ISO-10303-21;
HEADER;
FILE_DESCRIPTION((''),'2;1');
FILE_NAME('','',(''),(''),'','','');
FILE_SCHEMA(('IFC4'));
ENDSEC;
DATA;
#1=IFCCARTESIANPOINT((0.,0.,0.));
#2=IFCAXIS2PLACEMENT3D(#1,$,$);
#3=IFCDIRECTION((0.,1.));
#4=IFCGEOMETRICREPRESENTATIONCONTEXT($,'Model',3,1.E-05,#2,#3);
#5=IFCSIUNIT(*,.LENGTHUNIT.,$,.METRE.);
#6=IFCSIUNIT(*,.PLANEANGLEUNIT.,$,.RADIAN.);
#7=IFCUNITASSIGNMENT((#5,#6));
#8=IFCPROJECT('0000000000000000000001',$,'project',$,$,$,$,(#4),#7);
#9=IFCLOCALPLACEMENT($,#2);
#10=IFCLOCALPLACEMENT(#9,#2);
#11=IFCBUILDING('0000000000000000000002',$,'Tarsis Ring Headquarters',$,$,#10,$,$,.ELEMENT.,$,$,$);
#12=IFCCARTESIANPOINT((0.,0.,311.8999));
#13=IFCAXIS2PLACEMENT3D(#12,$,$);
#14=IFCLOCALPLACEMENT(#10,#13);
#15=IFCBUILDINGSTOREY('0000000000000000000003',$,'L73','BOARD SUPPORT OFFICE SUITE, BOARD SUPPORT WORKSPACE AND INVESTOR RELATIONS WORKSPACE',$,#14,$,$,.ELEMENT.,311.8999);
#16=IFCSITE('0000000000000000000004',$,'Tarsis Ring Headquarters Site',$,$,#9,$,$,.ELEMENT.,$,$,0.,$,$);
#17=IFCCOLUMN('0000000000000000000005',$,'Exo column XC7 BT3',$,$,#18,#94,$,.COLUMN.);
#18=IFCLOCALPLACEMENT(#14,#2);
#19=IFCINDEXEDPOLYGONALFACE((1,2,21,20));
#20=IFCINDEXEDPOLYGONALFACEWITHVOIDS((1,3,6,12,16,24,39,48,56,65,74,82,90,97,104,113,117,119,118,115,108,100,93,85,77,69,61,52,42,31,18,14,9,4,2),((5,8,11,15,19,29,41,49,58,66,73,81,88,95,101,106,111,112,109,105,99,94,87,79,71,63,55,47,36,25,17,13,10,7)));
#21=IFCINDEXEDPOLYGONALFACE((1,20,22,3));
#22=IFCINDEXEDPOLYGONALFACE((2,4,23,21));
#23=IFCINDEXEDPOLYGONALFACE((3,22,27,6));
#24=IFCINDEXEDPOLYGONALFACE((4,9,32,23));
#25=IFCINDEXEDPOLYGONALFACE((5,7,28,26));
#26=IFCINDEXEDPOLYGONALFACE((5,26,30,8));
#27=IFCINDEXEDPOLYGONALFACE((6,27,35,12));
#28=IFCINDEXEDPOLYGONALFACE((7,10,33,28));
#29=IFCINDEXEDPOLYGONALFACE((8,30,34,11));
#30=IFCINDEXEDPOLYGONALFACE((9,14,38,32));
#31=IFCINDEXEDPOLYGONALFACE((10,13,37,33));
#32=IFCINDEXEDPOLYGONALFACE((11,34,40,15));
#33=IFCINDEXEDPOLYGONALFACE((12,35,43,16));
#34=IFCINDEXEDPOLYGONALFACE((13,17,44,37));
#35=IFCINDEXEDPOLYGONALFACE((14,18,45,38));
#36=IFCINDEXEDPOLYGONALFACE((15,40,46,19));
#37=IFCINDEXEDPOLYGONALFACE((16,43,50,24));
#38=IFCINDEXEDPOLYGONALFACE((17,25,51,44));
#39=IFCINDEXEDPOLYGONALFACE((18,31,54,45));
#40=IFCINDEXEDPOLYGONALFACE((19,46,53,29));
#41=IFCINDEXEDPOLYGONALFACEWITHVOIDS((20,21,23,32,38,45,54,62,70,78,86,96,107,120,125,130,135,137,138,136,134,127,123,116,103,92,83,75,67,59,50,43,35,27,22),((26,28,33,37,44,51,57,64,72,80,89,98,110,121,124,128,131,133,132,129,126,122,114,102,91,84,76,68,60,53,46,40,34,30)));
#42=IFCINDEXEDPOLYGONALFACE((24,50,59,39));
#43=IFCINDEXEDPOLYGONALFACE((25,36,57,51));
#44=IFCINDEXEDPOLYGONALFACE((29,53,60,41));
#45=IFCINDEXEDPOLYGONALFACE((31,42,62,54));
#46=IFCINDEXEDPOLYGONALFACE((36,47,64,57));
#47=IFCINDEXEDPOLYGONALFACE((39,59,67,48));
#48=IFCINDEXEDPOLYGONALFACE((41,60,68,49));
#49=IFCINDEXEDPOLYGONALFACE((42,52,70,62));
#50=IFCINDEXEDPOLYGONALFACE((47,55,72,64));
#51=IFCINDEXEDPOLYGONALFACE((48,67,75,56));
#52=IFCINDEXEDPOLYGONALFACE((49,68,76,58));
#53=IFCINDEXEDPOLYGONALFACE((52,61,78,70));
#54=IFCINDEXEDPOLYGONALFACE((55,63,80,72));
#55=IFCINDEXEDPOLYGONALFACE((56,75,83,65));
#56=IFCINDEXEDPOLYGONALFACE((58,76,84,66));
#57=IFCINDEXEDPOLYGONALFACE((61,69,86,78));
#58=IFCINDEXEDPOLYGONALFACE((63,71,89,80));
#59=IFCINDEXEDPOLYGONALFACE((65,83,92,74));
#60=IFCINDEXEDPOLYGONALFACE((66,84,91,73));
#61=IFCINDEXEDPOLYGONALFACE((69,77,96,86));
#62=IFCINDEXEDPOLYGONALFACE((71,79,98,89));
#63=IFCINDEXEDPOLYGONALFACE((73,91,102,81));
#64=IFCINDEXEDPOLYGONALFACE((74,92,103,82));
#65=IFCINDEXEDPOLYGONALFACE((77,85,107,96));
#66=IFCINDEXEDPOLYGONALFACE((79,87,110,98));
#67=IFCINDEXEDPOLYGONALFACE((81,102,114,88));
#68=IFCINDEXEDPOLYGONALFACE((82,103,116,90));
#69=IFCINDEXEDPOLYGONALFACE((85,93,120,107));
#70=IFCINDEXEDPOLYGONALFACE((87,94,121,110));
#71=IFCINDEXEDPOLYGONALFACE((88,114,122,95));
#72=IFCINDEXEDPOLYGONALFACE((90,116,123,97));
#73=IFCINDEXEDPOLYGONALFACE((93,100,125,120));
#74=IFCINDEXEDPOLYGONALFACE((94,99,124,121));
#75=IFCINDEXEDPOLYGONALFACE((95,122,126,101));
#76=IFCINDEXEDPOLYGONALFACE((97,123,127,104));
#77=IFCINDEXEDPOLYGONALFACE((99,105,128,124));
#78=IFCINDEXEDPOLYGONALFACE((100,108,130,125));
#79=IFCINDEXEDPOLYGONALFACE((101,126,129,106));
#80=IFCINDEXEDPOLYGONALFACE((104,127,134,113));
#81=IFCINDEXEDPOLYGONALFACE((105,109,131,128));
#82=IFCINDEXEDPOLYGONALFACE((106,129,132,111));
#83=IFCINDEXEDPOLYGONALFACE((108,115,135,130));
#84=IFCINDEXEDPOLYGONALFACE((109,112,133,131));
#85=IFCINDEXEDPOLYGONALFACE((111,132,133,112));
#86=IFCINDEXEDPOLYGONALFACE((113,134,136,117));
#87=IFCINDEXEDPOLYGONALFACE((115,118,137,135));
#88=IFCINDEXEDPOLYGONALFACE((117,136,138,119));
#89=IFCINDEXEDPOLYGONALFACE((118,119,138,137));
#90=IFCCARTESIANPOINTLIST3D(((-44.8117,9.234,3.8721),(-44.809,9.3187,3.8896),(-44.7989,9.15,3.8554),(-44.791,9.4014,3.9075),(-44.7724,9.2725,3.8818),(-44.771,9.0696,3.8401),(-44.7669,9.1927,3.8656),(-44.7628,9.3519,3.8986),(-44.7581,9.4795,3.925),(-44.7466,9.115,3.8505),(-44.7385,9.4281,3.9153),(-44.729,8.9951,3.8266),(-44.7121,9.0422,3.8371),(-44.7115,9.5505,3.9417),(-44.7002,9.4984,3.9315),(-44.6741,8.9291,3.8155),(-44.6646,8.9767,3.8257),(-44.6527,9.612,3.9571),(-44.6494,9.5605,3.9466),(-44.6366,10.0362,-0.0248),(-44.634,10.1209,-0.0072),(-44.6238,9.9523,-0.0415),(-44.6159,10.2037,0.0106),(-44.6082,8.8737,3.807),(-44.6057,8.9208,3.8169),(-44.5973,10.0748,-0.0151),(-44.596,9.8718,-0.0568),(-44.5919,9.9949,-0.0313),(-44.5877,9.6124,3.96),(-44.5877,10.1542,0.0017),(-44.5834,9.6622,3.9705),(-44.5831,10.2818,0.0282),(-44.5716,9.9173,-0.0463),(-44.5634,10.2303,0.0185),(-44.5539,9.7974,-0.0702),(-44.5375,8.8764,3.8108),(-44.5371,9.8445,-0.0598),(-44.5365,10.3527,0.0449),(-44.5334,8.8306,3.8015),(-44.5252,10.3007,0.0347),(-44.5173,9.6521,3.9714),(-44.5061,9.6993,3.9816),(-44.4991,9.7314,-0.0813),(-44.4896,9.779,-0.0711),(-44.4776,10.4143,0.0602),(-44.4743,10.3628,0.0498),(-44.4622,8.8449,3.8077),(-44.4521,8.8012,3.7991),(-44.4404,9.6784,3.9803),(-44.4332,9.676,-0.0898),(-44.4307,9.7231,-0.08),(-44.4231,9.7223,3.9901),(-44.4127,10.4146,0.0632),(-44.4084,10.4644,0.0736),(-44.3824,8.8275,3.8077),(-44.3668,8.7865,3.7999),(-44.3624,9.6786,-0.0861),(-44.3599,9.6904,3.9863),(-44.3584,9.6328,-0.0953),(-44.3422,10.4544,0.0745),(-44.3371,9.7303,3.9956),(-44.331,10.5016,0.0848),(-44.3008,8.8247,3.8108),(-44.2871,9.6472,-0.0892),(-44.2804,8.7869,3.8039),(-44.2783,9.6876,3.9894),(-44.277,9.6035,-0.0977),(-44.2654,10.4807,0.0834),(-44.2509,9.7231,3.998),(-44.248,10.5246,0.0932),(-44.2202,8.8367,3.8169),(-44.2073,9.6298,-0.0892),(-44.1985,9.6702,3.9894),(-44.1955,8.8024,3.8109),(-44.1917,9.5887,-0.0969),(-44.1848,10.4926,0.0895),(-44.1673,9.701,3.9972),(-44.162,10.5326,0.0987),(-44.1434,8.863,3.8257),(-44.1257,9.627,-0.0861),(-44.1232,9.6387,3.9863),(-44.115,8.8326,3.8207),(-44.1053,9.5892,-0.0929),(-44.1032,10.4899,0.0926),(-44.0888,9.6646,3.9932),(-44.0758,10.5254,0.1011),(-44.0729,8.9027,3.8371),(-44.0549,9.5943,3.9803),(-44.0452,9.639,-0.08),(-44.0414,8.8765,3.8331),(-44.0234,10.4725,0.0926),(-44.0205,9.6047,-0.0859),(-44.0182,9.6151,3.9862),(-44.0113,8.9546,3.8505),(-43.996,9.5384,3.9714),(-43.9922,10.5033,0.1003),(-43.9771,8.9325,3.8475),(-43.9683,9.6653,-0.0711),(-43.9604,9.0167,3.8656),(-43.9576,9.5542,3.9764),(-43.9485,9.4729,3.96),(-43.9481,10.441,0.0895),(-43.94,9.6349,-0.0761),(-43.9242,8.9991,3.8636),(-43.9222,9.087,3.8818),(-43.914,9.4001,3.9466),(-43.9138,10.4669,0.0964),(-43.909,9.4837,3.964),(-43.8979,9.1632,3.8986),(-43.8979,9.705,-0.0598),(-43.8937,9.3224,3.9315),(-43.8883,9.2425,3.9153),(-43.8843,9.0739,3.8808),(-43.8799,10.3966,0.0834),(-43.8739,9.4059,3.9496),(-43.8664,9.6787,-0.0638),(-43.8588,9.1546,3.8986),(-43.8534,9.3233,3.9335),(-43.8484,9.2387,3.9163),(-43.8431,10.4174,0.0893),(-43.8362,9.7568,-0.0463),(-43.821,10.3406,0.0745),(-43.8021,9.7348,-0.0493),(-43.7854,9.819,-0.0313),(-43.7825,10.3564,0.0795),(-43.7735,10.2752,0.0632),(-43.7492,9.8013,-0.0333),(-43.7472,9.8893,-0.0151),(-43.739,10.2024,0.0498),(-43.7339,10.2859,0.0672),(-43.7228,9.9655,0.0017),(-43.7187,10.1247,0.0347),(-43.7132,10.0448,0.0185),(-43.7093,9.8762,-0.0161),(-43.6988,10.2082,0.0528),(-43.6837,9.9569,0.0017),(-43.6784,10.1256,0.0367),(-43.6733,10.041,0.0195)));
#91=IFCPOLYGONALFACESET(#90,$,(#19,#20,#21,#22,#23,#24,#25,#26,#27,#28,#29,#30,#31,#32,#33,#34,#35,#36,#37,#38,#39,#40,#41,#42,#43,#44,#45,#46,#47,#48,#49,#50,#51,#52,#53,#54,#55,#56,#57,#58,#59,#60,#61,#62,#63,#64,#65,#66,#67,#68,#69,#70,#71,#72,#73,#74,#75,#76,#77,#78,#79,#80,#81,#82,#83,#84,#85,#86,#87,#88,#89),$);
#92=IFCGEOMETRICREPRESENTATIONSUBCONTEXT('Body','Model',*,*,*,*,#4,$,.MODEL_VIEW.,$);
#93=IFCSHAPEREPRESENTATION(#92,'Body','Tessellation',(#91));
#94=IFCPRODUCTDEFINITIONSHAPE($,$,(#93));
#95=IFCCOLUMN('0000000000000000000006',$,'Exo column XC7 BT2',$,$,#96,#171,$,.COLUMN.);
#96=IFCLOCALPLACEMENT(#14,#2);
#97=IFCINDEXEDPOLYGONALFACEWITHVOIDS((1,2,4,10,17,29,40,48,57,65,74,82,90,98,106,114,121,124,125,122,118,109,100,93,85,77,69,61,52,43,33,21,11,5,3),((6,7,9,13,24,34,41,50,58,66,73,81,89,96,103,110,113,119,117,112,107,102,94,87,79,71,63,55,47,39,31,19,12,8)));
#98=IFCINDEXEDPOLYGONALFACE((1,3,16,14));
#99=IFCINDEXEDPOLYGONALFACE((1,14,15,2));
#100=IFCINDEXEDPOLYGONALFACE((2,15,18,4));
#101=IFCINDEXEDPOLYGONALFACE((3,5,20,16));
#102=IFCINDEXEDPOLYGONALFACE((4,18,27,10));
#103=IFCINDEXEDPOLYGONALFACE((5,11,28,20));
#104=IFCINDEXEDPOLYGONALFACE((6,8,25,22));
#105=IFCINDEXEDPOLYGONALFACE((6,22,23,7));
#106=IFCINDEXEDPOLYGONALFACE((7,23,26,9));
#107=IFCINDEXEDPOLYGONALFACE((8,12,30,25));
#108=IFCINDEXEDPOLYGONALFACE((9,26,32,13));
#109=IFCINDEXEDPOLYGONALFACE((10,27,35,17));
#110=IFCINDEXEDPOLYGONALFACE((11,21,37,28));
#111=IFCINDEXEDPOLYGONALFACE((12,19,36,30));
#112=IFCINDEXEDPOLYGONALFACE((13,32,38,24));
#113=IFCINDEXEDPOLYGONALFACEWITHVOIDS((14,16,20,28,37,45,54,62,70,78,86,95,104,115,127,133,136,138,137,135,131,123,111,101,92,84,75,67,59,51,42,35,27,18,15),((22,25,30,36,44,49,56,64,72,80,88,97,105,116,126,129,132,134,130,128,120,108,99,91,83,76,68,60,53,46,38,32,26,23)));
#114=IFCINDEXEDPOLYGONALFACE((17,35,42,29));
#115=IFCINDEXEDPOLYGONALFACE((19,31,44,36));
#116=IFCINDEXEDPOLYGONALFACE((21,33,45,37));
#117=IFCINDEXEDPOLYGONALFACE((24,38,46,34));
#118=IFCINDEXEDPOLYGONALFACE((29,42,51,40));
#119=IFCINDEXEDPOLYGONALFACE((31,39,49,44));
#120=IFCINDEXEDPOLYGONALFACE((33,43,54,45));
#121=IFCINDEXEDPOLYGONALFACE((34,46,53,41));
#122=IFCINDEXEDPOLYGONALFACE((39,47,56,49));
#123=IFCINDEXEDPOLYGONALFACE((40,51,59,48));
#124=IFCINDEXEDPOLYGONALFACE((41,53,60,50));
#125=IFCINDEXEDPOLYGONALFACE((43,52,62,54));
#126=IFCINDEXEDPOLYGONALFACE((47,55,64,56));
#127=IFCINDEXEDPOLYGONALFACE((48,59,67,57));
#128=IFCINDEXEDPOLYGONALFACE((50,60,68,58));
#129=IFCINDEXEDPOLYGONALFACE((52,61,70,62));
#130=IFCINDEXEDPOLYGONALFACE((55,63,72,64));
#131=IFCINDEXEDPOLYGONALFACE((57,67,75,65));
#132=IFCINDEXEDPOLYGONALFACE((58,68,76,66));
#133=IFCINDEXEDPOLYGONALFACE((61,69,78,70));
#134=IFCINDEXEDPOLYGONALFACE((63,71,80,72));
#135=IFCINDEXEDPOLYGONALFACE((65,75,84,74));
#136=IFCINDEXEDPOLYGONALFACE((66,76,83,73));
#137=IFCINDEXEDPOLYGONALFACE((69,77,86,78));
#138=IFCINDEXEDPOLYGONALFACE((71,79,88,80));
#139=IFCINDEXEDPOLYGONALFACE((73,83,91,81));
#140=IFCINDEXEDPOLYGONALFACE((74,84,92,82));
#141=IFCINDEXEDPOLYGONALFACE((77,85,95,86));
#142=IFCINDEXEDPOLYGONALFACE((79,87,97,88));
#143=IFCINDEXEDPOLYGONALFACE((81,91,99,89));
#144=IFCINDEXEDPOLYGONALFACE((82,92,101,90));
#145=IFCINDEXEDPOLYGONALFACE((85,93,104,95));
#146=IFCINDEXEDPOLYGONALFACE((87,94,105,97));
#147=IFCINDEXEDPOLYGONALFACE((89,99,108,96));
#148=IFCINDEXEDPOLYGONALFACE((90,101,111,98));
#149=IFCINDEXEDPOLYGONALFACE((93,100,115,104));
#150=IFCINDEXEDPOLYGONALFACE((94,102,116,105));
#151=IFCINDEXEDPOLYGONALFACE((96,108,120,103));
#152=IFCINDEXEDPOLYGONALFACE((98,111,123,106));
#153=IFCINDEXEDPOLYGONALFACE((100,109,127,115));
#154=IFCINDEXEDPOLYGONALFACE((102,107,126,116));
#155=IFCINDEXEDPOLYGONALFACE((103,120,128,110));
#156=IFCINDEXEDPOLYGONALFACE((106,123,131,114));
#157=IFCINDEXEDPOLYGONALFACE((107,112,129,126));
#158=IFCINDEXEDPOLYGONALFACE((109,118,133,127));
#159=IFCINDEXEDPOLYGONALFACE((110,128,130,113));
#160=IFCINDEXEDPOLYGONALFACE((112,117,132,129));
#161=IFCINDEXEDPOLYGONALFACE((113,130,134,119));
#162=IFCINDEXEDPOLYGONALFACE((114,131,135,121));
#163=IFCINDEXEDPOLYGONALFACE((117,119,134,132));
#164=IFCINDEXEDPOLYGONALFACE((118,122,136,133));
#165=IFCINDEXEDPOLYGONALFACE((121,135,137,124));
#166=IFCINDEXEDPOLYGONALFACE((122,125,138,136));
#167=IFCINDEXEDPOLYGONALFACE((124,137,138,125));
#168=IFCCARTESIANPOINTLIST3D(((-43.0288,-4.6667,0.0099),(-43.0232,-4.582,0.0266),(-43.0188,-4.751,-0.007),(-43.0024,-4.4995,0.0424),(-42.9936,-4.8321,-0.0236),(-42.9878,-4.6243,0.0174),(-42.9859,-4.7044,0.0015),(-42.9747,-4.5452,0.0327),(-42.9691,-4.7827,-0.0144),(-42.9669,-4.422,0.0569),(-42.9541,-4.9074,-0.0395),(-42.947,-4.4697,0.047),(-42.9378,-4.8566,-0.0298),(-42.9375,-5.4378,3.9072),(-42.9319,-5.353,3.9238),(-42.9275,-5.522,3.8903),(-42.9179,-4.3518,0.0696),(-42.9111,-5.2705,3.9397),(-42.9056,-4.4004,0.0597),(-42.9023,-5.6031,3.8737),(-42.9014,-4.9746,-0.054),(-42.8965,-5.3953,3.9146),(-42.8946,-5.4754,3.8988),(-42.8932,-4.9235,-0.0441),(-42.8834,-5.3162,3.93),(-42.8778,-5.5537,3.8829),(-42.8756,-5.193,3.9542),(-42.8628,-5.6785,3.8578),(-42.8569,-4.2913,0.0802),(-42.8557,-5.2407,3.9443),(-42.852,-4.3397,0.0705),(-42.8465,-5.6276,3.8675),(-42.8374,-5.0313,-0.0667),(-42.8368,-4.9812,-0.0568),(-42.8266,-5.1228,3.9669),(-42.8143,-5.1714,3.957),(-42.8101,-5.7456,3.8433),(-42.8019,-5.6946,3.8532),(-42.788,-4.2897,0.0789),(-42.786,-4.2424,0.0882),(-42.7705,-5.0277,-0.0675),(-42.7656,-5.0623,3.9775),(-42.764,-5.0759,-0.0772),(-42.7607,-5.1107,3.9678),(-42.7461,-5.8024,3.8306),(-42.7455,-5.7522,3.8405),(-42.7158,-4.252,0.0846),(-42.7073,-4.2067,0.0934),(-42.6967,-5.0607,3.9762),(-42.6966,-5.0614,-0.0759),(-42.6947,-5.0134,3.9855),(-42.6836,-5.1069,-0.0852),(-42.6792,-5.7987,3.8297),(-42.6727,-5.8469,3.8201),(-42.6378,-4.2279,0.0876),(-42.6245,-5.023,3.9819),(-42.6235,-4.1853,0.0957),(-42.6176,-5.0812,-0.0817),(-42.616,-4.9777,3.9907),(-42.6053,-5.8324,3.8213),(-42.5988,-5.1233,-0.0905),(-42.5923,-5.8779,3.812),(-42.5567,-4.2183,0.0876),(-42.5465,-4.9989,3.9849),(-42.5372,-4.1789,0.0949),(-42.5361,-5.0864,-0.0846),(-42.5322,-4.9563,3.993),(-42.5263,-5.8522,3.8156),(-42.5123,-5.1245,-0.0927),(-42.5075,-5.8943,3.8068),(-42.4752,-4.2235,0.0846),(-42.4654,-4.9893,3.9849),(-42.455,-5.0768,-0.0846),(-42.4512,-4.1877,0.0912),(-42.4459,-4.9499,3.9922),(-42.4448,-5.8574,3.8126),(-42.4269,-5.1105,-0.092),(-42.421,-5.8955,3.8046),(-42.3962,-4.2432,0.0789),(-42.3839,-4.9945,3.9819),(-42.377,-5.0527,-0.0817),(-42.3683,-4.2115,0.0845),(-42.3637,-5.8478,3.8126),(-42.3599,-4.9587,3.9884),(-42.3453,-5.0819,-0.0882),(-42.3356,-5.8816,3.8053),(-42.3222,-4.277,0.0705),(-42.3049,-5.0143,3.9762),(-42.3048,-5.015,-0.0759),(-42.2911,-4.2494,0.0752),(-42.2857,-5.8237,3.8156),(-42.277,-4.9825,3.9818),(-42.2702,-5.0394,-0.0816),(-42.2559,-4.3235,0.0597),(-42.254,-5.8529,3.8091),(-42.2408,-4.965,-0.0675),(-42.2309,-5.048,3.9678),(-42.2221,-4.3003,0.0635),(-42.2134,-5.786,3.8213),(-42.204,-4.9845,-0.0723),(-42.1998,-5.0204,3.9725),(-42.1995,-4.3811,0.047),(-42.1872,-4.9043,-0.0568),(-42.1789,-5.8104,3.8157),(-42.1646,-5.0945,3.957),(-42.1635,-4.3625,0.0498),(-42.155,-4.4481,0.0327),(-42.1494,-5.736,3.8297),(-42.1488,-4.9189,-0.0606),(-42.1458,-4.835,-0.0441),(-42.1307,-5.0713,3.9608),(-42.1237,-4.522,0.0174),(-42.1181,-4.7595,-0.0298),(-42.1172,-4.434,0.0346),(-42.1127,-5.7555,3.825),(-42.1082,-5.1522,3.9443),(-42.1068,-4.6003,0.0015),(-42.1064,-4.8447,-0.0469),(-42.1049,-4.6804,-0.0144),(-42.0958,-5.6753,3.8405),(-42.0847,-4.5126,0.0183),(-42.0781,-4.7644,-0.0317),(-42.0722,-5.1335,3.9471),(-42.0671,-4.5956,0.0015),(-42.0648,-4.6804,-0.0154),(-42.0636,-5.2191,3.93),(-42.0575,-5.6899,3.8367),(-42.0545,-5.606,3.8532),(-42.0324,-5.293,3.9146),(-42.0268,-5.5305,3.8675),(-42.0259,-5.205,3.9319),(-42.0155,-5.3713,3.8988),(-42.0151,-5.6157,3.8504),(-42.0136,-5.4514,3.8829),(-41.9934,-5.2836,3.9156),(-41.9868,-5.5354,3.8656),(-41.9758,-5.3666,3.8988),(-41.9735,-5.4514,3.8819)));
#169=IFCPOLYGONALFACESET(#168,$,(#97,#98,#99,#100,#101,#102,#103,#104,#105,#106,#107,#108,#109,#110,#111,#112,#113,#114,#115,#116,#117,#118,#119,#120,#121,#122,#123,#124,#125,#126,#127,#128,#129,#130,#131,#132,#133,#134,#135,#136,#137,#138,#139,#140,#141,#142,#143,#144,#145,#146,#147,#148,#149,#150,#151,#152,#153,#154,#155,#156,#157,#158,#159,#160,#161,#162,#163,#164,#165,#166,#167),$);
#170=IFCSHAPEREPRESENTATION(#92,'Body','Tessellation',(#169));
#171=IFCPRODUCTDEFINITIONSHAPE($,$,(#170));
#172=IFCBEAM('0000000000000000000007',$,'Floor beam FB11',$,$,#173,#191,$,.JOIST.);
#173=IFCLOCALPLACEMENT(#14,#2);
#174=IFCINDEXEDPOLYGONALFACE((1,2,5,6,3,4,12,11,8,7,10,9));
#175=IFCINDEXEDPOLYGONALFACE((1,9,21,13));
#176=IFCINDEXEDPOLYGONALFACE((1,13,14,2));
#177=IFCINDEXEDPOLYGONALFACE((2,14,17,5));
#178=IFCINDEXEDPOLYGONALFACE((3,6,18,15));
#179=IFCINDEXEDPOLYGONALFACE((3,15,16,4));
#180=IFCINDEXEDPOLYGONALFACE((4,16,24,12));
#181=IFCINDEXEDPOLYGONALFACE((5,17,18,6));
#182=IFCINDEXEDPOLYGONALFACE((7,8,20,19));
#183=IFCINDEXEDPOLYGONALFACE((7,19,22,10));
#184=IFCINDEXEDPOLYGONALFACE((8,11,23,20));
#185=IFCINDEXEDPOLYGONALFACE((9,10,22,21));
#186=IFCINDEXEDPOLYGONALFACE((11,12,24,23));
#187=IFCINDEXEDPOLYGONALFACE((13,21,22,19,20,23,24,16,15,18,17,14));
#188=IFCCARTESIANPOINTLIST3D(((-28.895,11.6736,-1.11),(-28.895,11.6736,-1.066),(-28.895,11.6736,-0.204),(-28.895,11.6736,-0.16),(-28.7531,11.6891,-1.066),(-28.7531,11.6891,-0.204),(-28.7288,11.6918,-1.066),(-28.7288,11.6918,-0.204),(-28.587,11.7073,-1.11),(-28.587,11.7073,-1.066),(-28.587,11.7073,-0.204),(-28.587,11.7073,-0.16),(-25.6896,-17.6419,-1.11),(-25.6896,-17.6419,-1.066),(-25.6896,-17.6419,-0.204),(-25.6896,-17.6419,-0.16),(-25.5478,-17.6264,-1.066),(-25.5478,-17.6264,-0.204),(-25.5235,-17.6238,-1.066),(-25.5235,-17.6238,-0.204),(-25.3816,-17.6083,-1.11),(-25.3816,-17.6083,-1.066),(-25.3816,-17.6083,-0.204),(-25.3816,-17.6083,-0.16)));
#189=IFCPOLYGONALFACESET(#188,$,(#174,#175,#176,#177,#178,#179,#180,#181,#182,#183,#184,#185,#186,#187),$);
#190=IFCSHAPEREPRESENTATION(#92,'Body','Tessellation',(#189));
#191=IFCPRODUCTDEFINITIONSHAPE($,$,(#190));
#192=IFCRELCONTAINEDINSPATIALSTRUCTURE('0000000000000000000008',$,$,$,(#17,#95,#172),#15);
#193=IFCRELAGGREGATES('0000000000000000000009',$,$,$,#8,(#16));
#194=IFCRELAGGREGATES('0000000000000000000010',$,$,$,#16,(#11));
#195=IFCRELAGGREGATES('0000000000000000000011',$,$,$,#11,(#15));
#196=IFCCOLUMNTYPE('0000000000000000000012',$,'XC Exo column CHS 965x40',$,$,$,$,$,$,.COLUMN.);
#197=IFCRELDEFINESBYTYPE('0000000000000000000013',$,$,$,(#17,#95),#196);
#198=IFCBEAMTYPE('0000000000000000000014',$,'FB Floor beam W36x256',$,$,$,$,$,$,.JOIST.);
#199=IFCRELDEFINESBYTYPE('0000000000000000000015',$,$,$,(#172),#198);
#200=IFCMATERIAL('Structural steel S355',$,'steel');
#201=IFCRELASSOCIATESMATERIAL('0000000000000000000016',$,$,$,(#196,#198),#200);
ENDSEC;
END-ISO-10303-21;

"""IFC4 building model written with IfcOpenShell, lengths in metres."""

from ifc_helpers import new_model, si_unit, direction, frame, origin, origin_2d, place, context, subcontext, project, spatial, hollow_circle, i_section, extrude, material, material_profile, profile_set, type_object, element, save


model = new_model("IFC4")

# Units and contexts
model_context = context("Model", 3, precision=1e-05, world=origin(), true_north=direction((0.0, 1.0)))
body_context = subcontext(model_context, "Body", "Model", "MODEL_VIEW")
ifc_project = project(units=[si_unit("LENGTHUNIT", "METRE"), si_unit("PLANEANGLEUNIT", "RADIAN")], contexts=[model_context])

# Site, building, storey
site_placement = place(None, origin())
site = spatial("IfcSite", under=ifc_project, at=site_placement, Name="Tarsis Ring Headquarters Site", CompositionType="ELEMENT", RefElevation=0.0)
building_placement = place(site_placement, origin())
building = spatial("IfcBuilding", under=site, at=building_placement, Name="Tarsis Ring Headquarters", CompositionType="ELEMENT")
storey_placement = place(building_placement, frame((0.0, 0.0, 311.8999)))
storey = spatial("IfcBuildingStorey", under=building, at=storey_placement, Name="L73", Description="BOARD SUPPORT OFFICE SUITE, BOARD SUPPORT WORKSPACE AND INVESTOR RELATIONS WORKSPACE", CompositionType="ELEMENT", Elevation=311.8999)

# Columns
ifc_material_1 = material(Name="Structural steel S355", Category="steel")
ifc_material_profile_1 = material_profile(ifc_material_1, hollow_circle(Radius=0.4827, WallThickness=0.04, at=origin_2d()), Name="CHS 965x40")
ifc_profile_set_1 = profile_set([ifc_material_profile_1], Name="Structural steel S355")
column_type = type_object("IfcColumnType", Name="XC Exo column CHS 965x40", PredefinedType="COLUMN", material=ifc_profile_set_1)
column_1_placement = place(storey_placement, frame((-44.1553, 10.0598, 0.0017), z_axis=(-0.043957, -0.201453, 0.978511), x_axis=(0.977012, -0.213183, 0.0)))
element("IfcColumn", 1, at=column_1_placement, inside=storey, type_object=column_type, Name="Exo column XC7 BT3", PredefinedType="COLUMN", context=body_context, shape_type="SweptSolid", body=[
    extrude(hollow_circle(Radius=0.4827, WallThickness=0.04, at=origin_2d()), origin(), (0.0, 0.0, 1.0), 3.9824),
])
column_2_placement = place(storey_placement, frame((-42.5464, -4.6523, 0.0015), z_axis=(0.022978, -0.19402, 0.980728), x_axis=(0.99306, 0.117608, 0.0)))
element("IfcColumn", 2, at=column_2_placement, inside=storey, type_object=column_type, Name="Exo column XC7 BT2", PredefinedType="COLUMN", context=body_context, shape_type="SweptSolid", body=[
    extrude(hollow_circle(Radius=0.4827, WallThickness=0.04, at=origin_2d()), origin(), (0.0, 0.0, 1.0), 3.9739),
])

# Beam
ifc_material_profile_2 = material_profile(ifc_material_1, i_section(OverallWidth=0.3098, OverallDepth=0.95, WebThickness=0.0244, FlangeThickness=0.0439, at=origin_2d()), Name="W36x256")
ifc_profile_set_2 = profile_set([ifc_material_profile_2], Name="Structural steel S355")
beam_type_1 = type_object("IfcBeamType", Name="FB Floor beam W36x256", PredefinedType="JOIST", material=ifc_profile_set_2)
beam_1_placement = place(storey_placement, frame((-28.741, 11.6904, -0.635), z_axis=(0.108691, -0.994076, 0.0), x_axis=(0.994076, 0.108691, 0.0)))
element("IfcBeam", 3, at=beam_1_placement, inside=storey, type_object=beam_type_1, Name="Floor beam FB11", PredefinedType="JOIST", context=body_context, shape_type="SweptSolid", body=[
    extrude(i_section(OverallWidth=0.3098, OverallDepth=0.95, WebThickness=0.0244, FlangeThickness=0.0439, at=origin_2d()), origin(), (0.0, 0.0, 1.0), 29.4902),
])

save(model, "model.ifc")
